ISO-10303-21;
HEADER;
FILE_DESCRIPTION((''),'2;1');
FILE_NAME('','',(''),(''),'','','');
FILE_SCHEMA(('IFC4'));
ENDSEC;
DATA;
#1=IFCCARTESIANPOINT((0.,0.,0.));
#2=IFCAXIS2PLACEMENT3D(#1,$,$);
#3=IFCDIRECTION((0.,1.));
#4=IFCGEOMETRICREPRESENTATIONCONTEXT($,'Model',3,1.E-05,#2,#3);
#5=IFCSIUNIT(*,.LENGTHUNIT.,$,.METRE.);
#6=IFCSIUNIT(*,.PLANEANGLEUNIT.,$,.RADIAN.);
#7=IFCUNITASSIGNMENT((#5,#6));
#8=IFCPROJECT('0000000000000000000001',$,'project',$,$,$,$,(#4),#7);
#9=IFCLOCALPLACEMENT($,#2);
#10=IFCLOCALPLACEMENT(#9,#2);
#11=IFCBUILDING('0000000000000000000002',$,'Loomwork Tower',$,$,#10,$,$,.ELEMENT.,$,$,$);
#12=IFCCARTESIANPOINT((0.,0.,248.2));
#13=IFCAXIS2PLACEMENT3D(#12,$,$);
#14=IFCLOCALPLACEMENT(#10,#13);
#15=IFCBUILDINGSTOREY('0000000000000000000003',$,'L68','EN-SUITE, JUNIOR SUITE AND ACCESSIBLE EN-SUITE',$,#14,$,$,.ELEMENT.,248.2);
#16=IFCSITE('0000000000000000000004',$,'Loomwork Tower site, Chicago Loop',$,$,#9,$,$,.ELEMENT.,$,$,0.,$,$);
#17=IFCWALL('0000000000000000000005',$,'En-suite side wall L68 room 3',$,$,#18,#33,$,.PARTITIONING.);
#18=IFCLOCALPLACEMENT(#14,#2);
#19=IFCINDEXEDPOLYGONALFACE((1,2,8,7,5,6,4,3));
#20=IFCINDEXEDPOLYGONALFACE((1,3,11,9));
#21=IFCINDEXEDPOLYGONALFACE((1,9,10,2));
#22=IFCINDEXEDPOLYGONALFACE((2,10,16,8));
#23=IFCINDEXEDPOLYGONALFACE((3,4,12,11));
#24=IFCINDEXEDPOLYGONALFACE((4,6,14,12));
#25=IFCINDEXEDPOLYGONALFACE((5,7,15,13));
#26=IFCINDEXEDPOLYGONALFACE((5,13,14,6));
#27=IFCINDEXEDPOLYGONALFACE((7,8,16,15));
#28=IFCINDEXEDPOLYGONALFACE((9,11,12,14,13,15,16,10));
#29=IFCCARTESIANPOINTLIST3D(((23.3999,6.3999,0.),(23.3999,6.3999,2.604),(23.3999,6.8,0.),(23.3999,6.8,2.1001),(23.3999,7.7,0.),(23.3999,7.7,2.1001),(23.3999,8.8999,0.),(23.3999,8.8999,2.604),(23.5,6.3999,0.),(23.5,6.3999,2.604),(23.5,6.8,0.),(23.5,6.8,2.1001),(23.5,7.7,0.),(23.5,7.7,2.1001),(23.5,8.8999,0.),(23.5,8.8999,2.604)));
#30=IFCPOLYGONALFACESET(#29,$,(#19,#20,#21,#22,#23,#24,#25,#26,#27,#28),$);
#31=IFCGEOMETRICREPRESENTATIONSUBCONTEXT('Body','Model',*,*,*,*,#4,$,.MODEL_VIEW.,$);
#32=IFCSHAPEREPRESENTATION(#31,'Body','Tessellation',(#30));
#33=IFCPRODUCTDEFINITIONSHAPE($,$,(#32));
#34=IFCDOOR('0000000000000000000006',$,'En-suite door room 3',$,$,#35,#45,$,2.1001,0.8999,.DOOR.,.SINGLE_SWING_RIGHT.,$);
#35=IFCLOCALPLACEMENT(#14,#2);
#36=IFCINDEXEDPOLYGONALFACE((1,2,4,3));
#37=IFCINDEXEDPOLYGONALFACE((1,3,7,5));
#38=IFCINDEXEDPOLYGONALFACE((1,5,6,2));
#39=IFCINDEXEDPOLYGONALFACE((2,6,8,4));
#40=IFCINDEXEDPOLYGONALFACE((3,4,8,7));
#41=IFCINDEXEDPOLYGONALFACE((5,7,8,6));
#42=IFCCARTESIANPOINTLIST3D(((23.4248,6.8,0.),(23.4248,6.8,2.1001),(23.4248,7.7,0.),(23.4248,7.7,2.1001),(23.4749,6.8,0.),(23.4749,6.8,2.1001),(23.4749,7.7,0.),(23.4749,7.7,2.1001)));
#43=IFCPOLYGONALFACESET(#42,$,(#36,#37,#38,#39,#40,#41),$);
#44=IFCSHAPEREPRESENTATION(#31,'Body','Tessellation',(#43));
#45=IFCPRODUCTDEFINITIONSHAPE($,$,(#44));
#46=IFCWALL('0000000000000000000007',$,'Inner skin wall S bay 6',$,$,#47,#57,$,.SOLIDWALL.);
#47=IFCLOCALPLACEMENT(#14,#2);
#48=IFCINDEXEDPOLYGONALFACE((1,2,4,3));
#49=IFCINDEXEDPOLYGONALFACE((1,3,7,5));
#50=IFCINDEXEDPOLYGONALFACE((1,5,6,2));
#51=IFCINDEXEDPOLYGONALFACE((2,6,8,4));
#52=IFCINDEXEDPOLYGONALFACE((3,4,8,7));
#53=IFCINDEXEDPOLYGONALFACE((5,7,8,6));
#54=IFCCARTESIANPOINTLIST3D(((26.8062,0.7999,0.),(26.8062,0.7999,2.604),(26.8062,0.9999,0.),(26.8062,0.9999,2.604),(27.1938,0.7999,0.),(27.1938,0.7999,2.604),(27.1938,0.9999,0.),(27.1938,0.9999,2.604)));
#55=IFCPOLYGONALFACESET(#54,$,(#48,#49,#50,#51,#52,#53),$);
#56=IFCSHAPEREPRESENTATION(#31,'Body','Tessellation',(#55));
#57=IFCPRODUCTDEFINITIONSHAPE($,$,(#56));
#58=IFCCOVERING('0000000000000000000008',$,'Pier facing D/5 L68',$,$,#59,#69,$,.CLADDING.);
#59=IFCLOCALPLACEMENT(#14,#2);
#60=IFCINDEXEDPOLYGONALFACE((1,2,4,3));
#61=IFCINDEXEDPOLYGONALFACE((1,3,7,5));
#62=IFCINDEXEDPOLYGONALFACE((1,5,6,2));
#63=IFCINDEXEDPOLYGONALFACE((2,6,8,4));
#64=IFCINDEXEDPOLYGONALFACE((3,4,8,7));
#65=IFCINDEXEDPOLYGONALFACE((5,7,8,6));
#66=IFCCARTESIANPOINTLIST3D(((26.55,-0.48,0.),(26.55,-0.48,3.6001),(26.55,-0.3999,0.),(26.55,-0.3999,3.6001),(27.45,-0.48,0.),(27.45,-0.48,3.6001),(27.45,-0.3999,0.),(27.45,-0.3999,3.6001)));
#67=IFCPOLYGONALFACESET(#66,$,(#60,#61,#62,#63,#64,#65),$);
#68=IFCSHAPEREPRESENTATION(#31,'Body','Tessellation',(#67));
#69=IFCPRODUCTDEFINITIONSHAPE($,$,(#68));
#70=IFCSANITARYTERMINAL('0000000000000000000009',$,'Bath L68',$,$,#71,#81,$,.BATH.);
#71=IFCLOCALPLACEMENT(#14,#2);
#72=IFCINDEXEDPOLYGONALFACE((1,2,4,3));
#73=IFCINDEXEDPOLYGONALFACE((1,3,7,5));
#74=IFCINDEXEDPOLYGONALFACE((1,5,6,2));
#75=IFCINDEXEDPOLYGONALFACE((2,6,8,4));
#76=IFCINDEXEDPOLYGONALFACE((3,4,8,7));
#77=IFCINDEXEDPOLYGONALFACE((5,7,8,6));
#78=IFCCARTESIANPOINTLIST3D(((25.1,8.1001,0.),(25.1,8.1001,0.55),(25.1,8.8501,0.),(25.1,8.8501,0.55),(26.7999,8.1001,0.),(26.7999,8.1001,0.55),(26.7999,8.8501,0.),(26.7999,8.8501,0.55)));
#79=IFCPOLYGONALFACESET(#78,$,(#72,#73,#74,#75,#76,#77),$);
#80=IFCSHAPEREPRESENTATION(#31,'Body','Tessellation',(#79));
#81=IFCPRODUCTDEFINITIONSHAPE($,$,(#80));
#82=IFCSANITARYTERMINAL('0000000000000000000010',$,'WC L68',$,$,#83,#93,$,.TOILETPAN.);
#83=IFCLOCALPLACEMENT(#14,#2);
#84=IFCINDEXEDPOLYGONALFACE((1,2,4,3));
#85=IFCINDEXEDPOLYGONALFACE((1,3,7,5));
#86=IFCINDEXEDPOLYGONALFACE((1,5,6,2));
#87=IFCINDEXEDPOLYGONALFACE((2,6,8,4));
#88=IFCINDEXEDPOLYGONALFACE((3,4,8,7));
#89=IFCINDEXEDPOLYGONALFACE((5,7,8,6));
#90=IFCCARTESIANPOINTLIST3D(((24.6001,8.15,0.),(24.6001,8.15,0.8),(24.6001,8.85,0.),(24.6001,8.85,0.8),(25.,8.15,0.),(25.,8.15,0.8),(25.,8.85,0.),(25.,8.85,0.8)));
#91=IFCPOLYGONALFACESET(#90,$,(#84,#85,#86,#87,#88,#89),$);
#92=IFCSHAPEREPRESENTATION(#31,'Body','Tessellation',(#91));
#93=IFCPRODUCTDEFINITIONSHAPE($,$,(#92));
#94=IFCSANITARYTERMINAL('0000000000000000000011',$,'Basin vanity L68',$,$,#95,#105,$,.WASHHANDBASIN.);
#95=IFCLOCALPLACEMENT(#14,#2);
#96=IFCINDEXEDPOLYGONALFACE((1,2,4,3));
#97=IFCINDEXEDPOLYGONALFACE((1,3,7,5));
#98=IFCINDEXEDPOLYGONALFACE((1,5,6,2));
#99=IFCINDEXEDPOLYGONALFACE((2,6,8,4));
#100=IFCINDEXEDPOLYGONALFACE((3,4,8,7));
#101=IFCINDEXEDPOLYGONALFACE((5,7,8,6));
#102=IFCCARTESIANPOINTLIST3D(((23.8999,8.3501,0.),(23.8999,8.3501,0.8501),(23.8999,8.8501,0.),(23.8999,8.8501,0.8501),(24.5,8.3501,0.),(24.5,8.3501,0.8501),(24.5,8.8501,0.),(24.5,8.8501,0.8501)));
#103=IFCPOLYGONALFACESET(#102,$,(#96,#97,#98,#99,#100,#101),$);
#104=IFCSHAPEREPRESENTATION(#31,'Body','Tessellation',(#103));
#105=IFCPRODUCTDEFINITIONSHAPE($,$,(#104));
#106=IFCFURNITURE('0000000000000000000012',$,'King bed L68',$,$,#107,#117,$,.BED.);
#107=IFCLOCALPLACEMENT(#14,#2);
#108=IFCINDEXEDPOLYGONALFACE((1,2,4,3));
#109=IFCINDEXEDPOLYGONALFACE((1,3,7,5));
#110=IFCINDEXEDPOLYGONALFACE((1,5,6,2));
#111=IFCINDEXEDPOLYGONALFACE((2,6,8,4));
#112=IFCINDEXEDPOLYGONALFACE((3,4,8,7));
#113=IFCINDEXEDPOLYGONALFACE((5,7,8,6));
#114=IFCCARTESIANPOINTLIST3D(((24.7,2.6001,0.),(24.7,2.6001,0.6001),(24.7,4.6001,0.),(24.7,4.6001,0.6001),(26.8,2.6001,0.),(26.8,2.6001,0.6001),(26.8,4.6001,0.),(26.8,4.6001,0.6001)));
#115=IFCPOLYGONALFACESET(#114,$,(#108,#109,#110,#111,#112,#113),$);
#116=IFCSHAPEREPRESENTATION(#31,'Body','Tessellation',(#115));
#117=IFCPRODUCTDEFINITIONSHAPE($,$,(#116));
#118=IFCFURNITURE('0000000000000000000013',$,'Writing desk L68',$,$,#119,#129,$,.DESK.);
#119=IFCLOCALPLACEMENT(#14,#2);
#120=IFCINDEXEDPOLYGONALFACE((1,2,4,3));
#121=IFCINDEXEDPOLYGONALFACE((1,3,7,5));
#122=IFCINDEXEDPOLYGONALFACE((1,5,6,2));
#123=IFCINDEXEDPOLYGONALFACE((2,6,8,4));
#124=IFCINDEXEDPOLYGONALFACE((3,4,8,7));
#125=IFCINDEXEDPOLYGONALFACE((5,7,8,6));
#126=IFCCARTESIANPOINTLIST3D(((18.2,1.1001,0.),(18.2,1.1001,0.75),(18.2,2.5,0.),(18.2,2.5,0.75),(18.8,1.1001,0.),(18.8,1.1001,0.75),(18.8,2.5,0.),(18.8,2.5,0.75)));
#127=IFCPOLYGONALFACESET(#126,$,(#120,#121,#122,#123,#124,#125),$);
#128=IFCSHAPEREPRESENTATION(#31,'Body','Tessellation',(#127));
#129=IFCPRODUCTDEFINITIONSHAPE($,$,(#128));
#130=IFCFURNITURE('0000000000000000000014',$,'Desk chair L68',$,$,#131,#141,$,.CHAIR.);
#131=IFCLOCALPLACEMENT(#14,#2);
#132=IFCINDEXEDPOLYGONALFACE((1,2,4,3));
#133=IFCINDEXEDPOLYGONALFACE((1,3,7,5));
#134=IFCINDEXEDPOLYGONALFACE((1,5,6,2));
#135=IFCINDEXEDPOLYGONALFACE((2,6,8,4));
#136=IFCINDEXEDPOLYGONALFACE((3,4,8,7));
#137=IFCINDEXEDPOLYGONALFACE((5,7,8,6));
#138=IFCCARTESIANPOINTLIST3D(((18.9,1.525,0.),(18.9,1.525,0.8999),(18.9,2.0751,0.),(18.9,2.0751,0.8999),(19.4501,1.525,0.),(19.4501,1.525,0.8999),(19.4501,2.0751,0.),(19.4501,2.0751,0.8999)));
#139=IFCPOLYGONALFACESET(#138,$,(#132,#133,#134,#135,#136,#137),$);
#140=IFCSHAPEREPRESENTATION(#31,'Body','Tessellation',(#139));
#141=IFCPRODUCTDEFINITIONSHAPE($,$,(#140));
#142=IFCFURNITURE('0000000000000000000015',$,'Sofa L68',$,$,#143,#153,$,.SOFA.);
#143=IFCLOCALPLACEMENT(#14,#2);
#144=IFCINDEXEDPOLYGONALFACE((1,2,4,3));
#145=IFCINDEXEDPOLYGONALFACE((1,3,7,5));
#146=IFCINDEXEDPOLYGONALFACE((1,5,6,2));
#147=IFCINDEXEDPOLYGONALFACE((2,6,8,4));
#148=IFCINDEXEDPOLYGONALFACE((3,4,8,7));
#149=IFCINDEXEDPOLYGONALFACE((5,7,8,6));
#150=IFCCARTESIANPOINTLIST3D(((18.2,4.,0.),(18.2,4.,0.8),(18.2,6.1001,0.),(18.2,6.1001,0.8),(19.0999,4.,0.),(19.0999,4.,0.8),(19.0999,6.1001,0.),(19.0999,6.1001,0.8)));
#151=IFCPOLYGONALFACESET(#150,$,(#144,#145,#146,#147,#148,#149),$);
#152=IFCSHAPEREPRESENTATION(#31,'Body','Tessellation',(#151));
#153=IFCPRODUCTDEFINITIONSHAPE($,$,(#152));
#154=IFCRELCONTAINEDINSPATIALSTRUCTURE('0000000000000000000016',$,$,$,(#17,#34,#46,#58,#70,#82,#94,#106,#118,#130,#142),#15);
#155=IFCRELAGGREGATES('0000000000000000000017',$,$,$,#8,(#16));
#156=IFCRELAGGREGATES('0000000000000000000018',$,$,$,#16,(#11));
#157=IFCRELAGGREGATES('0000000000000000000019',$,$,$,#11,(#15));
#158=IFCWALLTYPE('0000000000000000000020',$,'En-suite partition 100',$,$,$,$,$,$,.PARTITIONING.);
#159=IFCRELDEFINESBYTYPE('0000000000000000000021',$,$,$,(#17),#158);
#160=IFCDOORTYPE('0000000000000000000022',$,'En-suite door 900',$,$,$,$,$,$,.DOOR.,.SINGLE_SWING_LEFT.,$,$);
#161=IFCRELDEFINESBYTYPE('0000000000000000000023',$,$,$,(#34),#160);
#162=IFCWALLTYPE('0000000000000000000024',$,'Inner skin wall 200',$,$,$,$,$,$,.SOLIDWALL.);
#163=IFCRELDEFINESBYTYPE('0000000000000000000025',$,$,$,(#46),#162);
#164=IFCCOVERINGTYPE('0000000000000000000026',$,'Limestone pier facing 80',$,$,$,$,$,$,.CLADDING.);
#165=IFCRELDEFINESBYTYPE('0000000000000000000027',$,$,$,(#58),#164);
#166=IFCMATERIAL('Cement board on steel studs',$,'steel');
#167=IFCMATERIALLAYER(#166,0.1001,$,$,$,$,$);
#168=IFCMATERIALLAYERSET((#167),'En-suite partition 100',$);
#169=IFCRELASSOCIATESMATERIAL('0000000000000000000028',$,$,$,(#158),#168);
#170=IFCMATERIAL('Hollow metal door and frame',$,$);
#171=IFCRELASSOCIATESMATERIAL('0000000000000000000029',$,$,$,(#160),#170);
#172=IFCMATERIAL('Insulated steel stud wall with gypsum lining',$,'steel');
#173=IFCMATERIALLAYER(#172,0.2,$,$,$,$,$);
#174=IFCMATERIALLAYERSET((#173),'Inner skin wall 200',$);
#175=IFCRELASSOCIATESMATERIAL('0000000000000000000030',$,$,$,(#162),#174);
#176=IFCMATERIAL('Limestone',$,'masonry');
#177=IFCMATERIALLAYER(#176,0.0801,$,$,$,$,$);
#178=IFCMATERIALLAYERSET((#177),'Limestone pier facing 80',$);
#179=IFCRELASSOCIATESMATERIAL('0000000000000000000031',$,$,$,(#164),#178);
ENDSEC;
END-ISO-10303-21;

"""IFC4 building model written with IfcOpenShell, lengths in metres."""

from ifc_helpers import new_model, si_unit, direction, frame, frame_2d, origin, origin_2d, place, context, subcontext, project, spatial, rectangle, extrude, material, layer, layer_set, type_object, element, fill, save


model = new_model("IFC4")

# Units and contexts
model_context = context("Model", 3, precision=1e-05, world=origin(), true_north=direction((0.0, 1.0)))
body_context = subcontext(model_context, "Body", "Model", "MODEL_VIEW")
ifc_project = project(units=[si_unit("LENGTHUNIT", "METRE"), si_unit("PLANEANGLEUNIT", "RADIAN")], contexts=[model_context])

# Site, building, storey
site_placement = place(None, origin())
site = spatial("IfcSite", under=ifc_project, at=site_placement, Name="Loomwork Tower site, Chicago Loop", CompositionType="ELEMENT", RefElevation=0.0)
building_placement = place(site_placement, origin())
building = spatial("IfcBuilding", under=site, at=building_placement, Name="Loomwork Tower", CompositionType="ELEMENT")
storey_placement = place(building_placement, frame((0.0, 0.0, 248.2)))
storey = spatial("IfcBuildingStorey", under=building, at=storey_placement, Name="L68", Description="EN-SUITE, JUNIOR SUITE AND ACCESSIBLE EN-SUITE", CompositionType="ELEMENT", Elevation=248.2)

# Shared definitions
ifc_material_1 = material(Name="Cement board on steel studs", Category="steel")
ifc_layer_1 = layer(ifc_material_1, 0.1001)
ifc_layer_set_1 = layer_set([ifc_layer_1], Name="En-suite partition 100")
wall_type_1 = type_object("IfcWallType", Name="En-suite partition 100", PredefinedType="PARTITIONING", material=ifc_layer_set_1)

# Wall, opening, door
wall_1_placement = place(storey_placement, frame((23.45, 8.8999, 0.0), z_axis=(0.0, 0.0, 1.0), x_axis=(0.0, -1.0, 0.0)))
wall_1 = element("IfcWall", 1, at=wall_1_placement, inside=storey, type_object=wall_type_1, Name="En-suite side wall L68 room 3", PredefinedType="PARTITIONING", context=body_context, shape_type="SweptSolid", body=[
    extrude(rectangle(XDim=2.5, YDim=0.1001, at=frame_2d((1.25, 0.0))), origin(), (0.0, 0.0, 1.0), 2.604),
])
opening_1_placement = place(wall_1_placement, frame((1.2, 0.0, 0.0)))
opening_1 = element("IfcOpeningElement", 2, at=opening_1_placement, cuts=wall_1, PredefinedType="OPENING", context=body_context, shape_type="SweptSolid", body=[
    extrude(rectangle(XDim=0.8999, YDim=2.1001, at=frame_2d((0.45, 1.05))), frame((0.0, 0.0601, 0.0), z_axis=(0.0, -1.0, 0.0), x_axis=(1.0, 0.0, 0.0)), (0.0, 0.0, 1.0), 0.1201),
])
ifc_material_2 = material(Name="Hollow metal door and frame")
door_type_1 = type_object("IfcDoorType", Name="En-suite door 900", OperationType="SINGLE_SWING_LEFT", PredefinedType="DOOR", material=ifc_material_2)
door_1_placement = place(opening_1_placement, origin())
door_1 = element("IfcDoor", 3, at=door_1_placement, inside=storey, type_object=door_type_1, Name="En-suite door room 3", OperationType="SINGLE_SWING_RIGHT", OverallHeight=2.1001, OverallWidth=0.8999, PredefinedType="DOOR", context=body_context, shape_type="SweptSolid", body=[
    extrude(rectangle(XDim=0.8999, YDim=2.1001, at=frame_2d((0.45, 1.05))), frame((0.0, 0.0249, 0.0), z_axis=(0.0, -1.0, 0.0), x_axis=(1.0, 0.0, 0.0)), (0.0, 0.0, 1.0), 0.05),
])
fill(opening_1, door_1)

# Wall
ifc_material_3 = material(Name="Insulated steel stud wall with gypsum lining", Category="steel")
ifc_layer_2 = layer(ifc_material_3, 0.2)
ifc_layer_set_2 = layer_set([ifc_layer_2], Name="Inner skin wall 200")
wall_type_2 = type_object("IfcWallType", Name="Inner skin wall 200", PredefinedType="SOLIDWALL", material=ifc_layer_set_2)
wall_2_placement = place(storey_placement, frame((26.8062, 0.8999, 0.0), z_axis=(0.0, 0.0, 1.0), x_axis=(1.0, 0.0, 0.0)))
element("IfcWall", 4, at=wall_2_placement, inside=storey, type_object=wall_type_2, Name="Inner skin wall S bay 6", PredefinedType="SOLIDWALL", context=body_context, shape_type="SweptSolid", body=[
    extrude(rectangle(XDim=0.3877, YDim=0.2, at=frame_2d((0.1938, 0.0))), origin(), (0.0, 0.0, 1.0), 2.604),
])

# Covering
ifc_material_4 = material(Name="Limestone", Category="masonry")
ifc_layer_3 = layer(ifc_material_4, 0.0801)
ifc_layer_set_3 = layer_set([ifc_layer_3], Name="Limestone pier facing 80")
covering_type = type_object("IfcCoveringType", Name="Limestone pier facing 80", PredefinedType="CLADDING", material=ifc_layer_set_3)
covering_placement = place(storey_placement, frame((27.0, -0.4399, 0.0), z_axis=(0.0, 0.0, 1.0), x_axis=(1.0, 0.0, 0.0)))
element("IfcCovering", 5, at=covering_placement, inside=storey, type_object=covering_type, Name="Pier facing D/5 L68", PredefinedType="CLADDING", context=body_context, shape_type="SweptSolid", body=[
    extrude(rectangle(XDim=0.8999, YDim=0.0801, at=origin_2d()), origin(), (0.0, 0.0, 1.0), 3.6001),
])

# Sanitary terminals
sanitary_terminal_1_placement = place(storey_placement, frame((25.95, 8.4751, 0.0), z_axis=(0.0, 0.0, 1.0), x_axis=(1.0, 0.0, 0.0)))
element("IfcSanitaryTerminal", 6, at=sanitary_terminal_1_placement, inside=storey, Name="Bath L68", PredefinedType="BATH", context=body_context, shape_type="SweptSolid", body=[
    extrude(rectangle(XDim=1.7, YDim=0.75, at=origin_2d()), origin(), (0.0, 0.0, 1.0), 0.55),
])
sanitary_terminal_2_placement = place(storey_placement, frame((24.8, 8.5, 0.0), z_axis=(0.0, 0.0, 1.0), x_axis=(1.0, 0.0, 0.0)))
element("IfcSanitaryTerminal", 7, at=sanitary_terminal_2_placement, inside=storey, Name="WC L68", PredefinedType="TOILETPAN", context=body_context, shape_type="SweptSolid", body=[
    extrude(rectangle(XDim=0.3999, YDim=0.7, at=origin_2d()), origin(), (0.0, 0.0, 1.0), 0.8),
])
sanitary_terminal_3_placement = place(storey_placement, frame((24.2, 8.6001, 0.0), z_axis=(0.0, 0.0, 1.0), x_axis=(1.0, 0.0, 0.0)))
element("IfcSanitaryTerminal", 8, at=sanitary_terminal_3_placement, inside=storey, Name="Basin vanity L68", PredefinedType="WASHHANDBASIN", context=body_context, shape_type="SweptSolid", body=[
    extrude(rectangle(XDim=0.6001, YDim=0.5, at=origin_2d()), origin(), (0.0, 0.0, 1.0), 0.8501),
])

# Furniture
furniture_1_placement = place(storey_placement, frame((25.75, 3.6001, 0.0), z_axis=(0.0, 0.0, 1.0), x_axis=(1.0, 0.0, 0.0)))
element("IfcFurniture", 9, at=furniture_1_placement, inside=storey, Name="King bed L68", PredefinedType="BED", context=body_context, shape_type="SweptSolid", body=[
    extrude(rectangle(XDim=2.1001, YDim=2.0, at=origin_2d()), origin(), (0.0, 0.0, 1.0), 0.6001),
])
furniture_2_placement = place(storey_placement, frame((18.5, 1.8, 0.0), z_axis=(0.0, 0.0, 1.0), x_axis=(1.0, 0.0, 0.0)))
element("IfcFurniture", 10, at=furniture_2_placement, inside=storey, Name="Writing desk L68", PredefinedType="DESK", context=body_context, shape_type="SweptSolid", body=[
    extrude(rectangle(XDim=0.6001, YDim=1.3999, at=origin_2d()), origin(), (0.0, 0.0, 1.0), 0.75),
])
furniture_3_placement = place(storey_placement, frame((19.175, 1.8, 0.0), z_axis=(0.0, 0.0, 1.0), x_axis=(1.0, 0.0, 0.0)))
element("IfcFurniture", 11, at=furniture_3_placement, inside=storey, Name="Desk chair L68", PredefinedType="CHAIR", context=body_context, shape_type="SweptSolid", body=[
    extrude(rectangle(XDim=0.55, YDim=0.55, at=origin_2d()), origin(), (0.0, 0.0, 1.0), 0.8999),
])
furniture_4_placement = place(storey_placement, frame((18.6499, 5.05, 0.0), z_axis=(0.0, 0.0, 1.0), x_axis=(1.0, 0.0, 0.0)))
element("IfcFurniture", 12, at=furniture_4_placement, inside=storey, Name="Sofa L68", PredefinedType="SOFA", context=body_context, shape_type="SweptSolid", body=[
    extrude(rectangle(XDim=0.8999, YDim=2.1001, at=origin_2d()), origin(), (0.0, 0.0, 1.0), 0.8),
])

save(model, "model.ifc")
